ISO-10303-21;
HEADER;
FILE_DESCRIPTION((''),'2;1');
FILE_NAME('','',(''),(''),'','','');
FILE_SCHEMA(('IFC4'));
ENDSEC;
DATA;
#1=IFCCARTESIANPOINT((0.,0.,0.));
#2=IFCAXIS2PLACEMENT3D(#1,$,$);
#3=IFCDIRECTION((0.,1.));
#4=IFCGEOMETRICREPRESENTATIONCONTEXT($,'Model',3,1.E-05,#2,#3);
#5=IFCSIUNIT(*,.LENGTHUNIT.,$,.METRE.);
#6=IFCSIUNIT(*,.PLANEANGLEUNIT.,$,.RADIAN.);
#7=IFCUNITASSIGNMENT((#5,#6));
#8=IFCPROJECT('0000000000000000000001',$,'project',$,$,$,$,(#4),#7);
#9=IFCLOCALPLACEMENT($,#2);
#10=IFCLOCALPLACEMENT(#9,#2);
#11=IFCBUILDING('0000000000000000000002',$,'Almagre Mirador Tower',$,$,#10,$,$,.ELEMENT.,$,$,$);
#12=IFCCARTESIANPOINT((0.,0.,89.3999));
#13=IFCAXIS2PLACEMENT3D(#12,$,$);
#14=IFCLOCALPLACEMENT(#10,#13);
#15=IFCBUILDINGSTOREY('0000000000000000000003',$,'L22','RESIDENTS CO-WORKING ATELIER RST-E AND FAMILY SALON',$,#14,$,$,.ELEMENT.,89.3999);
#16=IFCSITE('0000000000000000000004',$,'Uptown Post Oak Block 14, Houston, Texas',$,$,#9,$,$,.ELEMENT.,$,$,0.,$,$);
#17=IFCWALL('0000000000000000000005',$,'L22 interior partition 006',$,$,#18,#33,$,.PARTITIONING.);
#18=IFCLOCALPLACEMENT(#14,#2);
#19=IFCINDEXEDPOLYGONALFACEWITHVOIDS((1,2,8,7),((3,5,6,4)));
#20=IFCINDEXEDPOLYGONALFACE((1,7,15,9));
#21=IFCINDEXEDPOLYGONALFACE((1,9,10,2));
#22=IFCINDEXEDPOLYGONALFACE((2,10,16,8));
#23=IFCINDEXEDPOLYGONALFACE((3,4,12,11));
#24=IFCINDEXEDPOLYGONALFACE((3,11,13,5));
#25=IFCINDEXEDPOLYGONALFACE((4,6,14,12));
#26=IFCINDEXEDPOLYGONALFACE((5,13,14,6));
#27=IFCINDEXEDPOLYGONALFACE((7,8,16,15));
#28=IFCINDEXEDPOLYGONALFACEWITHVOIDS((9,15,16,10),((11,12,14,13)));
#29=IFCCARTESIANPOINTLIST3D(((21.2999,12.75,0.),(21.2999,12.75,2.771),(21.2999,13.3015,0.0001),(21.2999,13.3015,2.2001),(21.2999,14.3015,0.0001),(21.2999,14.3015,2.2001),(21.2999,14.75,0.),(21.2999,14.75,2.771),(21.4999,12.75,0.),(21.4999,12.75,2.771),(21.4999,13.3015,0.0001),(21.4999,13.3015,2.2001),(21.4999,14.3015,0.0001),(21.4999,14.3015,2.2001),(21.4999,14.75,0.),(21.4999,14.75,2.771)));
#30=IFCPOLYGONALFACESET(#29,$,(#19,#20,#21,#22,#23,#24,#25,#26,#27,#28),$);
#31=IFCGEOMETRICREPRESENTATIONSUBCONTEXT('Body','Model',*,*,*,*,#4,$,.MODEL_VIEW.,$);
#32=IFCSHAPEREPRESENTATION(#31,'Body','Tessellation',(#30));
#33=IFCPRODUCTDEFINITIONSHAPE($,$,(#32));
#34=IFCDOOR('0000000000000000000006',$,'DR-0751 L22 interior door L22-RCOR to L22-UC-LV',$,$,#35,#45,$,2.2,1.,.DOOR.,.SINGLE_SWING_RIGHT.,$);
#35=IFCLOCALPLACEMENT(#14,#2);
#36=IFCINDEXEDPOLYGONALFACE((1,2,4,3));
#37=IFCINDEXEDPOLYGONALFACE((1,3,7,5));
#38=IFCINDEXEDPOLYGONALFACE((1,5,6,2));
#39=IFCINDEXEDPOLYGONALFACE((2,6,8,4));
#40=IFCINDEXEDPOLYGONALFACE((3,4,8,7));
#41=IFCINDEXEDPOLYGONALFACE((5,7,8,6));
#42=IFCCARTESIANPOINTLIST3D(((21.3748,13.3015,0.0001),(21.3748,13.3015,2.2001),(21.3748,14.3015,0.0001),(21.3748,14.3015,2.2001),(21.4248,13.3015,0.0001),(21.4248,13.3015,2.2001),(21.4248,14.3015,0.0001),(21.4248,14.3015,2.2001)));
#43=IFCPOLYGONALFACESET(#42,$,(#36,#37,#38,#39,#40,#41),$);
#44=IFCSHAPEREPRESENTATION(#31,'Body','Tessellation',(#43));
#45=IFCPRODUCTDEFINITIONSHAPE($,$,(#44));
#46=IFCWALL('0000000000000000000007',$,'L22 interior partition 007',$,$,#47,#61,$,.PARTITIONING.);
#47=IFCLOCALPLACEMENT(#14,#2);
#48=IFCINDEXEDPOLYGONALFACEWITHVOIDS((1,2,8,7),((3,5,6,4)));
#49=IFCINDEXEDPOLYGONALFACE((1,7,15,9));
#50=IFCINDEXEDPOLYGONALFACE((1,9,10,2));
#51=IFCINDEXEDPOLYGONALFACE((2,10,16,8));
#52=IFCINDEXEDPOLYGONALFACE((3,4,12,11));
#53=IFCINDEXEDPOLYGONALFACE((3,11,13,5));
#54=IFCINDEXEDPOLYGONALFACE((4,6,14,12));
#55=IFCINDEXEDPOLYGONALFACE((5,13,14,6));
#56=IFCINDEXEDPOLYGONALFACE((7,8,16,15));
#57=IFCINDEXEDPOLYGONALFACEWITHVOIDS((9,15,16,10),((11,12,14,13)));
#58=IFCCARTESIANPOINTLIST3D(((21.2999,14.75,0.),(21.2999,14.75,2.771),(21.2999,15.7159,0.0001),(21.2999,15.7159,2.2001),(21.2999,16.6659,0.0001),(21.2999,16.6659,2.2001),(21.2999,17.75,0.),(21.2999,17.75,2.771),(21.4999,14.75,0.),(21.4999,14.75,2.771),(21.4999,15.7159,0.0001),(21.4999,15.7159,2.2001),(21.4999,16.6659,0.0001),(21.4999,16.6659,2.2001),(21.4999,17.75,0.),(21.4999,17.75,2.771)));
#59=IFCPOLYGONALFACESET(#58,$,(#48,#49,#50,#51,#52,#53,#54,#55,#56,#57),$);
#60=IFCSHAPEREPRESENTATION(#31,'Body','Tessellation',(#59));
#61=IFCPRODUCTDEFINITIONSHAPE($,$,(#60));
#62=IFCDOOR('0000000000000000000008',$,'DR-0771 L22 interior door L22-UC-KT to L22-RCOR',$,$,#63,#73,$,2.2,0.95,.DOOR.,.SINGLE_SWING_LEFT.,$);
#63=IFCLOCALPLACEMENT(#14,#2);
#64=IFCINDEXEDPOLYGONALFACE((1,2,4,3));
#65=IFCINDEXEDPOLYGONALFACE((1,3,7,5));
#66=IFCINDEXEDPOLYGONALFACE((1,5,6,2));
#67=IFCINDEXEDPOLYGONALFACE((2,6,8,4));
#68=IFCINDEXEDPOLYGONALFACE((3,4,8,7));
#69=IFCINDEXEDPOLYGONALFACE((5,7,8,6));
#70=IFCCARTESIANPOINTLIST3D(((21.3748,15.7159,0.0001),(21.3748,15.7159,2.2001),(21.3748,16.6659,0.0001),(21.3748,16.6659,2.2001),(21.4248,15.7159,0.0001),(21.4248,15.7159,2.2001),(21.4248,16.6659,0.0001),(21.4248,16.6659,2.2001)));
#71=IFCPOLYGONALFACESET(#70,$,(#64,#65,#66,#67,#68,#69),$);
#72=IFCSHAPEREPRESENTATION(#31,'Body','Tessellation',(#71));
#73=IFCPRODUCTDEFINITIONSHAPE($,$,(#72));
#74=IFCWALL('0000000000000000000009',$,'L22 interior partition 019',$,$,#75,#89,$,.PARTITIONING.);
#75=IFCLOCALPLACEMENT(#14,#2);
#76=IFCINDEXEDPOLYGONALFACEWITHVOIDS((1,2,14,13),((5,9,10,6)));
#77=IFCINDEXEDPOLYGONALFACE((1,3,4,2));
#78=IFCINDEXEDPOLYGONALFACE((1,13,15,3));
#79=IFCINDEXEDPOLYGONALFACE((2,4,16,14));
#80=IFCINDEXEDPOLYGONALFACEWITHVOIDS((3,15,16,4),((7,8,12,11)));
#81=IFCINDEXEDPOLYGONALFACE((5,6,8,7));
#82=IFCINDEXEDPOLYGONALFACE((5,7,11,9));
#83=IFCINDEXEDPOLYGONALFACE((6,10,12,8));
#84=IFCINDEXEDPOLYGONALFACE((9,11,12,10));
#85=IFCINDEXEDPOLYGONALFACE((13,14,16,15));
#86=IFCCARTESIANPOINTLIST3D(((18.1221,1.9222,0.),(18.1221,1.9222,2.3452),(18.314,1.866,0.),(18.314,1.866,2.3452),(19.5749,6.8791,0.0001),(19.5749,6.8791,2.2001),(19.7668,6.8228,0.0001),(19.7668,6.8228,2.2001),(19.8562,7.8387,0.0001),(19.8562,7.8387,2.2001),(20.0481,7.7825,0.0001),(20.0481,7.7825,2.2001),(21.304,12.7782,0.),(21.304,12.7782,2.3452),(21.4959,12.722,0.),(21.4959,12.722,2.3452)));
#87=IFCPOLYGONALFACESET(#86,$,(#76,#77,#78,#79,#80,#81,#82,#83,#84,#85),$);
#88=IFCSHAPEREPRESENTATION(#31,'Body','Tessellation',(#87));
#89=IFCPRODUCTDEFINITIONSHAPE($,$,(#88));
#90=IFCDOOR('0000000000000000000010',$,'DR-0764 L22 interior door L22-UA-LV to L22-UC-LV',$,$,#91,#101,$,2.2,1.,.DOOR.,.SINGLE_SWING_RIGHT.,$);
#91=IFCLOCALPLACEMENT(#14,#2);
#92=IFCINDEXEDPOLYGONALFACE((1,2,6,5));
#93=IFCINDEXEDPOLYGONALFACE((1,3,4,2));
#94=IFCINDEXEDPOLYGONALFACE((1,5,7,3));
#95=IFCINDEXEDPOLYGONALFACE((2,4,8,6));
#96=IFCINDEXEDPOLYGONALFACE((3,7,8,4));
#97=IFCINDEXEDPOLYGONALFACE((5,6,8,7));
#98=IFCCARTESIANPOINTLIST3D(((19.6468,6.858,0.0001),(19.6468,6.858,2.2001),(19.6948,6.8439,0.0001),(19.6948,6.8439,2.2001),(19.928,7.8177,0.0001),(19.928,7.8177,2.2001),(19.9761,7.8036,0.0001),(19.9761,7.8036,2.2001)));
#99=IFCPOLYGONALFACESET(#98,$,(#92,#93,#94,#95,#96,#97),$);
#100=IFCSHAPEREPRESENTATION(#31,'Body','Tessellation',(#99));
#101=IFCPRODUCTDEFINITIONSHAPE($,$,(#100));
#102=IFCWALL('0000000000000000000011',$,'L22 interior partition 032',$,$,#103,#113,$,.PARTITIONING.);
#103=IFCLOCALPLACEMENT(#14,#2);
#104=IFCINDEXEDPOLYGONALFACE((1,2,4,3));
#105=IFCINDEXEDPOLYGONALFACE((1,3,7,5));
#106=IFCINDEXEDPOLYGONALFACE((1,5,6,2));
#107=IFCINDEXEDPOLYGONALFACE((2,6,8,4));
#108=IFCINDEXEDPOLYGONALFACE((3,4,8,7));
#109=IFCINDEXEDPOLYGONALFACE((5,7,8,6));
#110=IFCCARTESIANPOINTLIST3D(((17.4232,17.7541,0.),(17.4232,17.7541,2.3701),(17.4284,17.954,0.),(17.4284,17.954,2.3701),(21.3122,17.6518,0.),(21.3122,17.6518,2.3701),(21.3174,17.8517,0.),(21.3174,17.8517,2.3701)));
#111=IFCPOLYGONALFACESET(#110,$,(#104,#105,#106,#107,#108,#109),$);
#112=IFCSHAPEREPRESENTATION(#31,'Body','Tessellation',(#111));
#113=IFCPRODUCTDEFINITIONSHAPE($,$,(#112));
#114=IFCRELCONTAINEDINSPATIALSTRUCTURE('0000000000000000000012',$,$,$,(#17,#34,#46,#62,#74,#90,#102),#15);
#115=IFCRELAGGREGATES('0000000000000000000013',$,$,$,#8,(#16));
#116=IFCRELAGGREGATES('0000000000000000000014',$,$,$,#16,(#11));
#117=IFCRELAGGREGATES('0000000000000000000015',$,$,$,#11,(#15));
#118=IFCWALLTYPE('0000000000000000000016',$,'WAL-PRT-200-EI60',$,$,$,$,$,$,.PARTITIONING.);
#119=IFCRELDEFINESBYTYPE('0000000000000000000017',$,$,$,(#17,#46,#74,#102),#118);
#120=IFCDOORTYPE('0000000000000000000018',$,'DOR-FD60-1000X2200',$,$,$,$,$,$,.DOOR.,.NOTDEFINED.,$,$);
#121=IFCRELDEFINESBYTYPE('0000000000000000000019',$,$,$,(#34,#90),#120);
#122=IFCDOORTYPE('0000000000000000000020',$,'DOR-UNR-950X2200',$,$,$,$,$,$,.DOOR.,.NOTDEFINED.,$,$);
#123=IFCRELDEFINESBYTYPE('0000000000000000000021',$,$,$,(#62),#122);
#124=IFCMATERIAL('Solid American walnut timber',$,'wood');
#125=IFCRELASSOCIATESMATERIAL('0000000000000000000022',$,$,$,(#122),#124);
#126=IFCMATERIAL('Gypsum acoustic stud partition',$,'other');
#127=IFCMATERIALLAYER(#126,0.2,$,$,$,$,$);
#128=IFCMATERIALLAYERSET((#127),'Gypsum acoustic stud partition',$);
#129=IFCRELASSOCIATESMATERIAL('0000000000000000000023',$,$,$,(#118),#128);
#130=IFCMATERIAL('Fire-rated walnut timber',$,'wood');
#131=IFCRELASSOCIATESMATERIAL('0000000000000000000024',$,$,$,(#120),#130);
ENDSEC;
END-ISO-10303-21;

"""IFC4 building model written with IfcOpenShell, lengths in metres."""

from ifc_helpers import new_model, si_unit, direction, frame, frame_2d, origin, place, context, subcontext, project, spatial, rectangle, extrude, material, layer, layer_set, type_object, element, fill, save


model = new_model("IFC4")

# Units and contexts
model_context = context("Model", 3, precision=1e-05, world=origin(), true_north=direction((0.0, 1.0)))
body_context = subcontext(model_context, "Body", "Model", "MODEL_VIEW")
ifc_project = project(units=[si_unit("LENGTHUNIT", "METRE"), si_unit("PLANEANGLEUNIT", "RADIAN")], contexts=[model_context])

# Site, building, storey
site_placement = place(None, origin())
site = spatial("IfcSite", under=ifc_project, at=site_placement, Name="Uptown Post Oak Block 14, Houston, Texas", CompositionType="ELEMENT", RefElevation=0.0)
building_placement = place(site_placement, origin())
building = spatial("IfcBuilding", under=site, at=building_placement, Name="Almagre Mirador Tower", CompositionType="ELEMENT")
storey_placement = place(building_placement, frame((0.0, 0.0, 89.3999)))
storey = spatial("IfcBuildingStorey", under=building, at=storey_placement, Name="L22", Description="RESIDENTS CO-WORKING ATELIER RST-E AND FAMILY SALON", CompositionType="ELEMENT", Elevation=89.3999)

# Shared definitions
ifc_material_1 = material(Name="Solid American walnut timber", Category="wood")
door_type_1 = type_object("IfcDoorType", Name="DOR-UNR-950X2200", OperationType="NOTDEFINED", PredefinedType="DOOR", material=ifc_material_1)

# Shared definitions
ifc_material_2 = material(Name="Gypsum acoustic stud partition", Category="other")
ifc_layer_1 = layer(ifc_material_2, 0.2)
ifc_layer_set_1 = layer_set([ifc_layer_1], Name="Gypsum acoustic stud partition")
wall_type_1 = type_object("IfcWallType", Name="WAL-PRT-200-EI60", PredefinedType="PARTITIONING", material=ifc_layer_set_1)

# Walls, openings, doors
wall_1_placement = place(storey_placement, frame((21.3999, 14.75, 0.0), z_axis=(0.0, 0.0, 1.0), x_axis=(0.0, -1.0, 0.0)))
wall_1 = element("IfcWall", 1, at=wall_1_placement, inside=storey, type_object=wall_type_1, Name="L22 interior partition 006", PredefinedType="PARTITIONING", context=body_context, shape_type="SweptSolid", body=[
    extrude(rectangle(XDim=2.0, YDim=0.2, at=frame_2d((1.0, 0.0))), origin(), (0.0, 0.0, 1.0), 2.771),
])
opening_1_placement = place(wall_1_placement, frame((0.4485, 0.0, 0.0)))
opening_1 = element("IfcOpeningElement", 2, at=opening_1_placement, cuts=wall_1, PredefinedType="OPENING", context=body_context, shape_type="SweptSolid", body=[
    extrude(rectangle(XDim=1.0, YDim=2.2, at=frame_2d((0.5, 1.1001))), frame((0.0, 0.1101, 0.0), z_axis=(0.0, -1.0, 0.0), x_axis=(1.0, 0.0, 0.0)), (0.0, 0.0, 1.0), 0.22),
])
ifc_material_3 = material(Name="Fire-rated walnut timber", Category="wood")
door_type_2 = type_object("IfcDoorType", Name="DOR-FD60-1000X2200", OperationType="NOTDEFINED", PredefinedType="DOOR", material=ifc_material_3)
door_1_placement = place(opening_1_placement, origin())
door_1 = element("IfcDoor", 3, at=door_1_placement, inside=storey, type_object=door_type_2, Name="DR-0751 L22 interior door L22-RCOR to L22-UC-LV", OperationType="SINGLE_SWING_RIGHT", OverallHeight=2.2, OverallWidth=1.0, PredefinedType="DOOR", context=body_context, shape_type="SweptSolid", body=[
    extrude(rectangle(XDim=1.0, YDim=2.2, at=frame_2d((0.5, 1.1001))), frame((0.0, 0.0249, 0.0), z_axis=(0.0, -1.0, 0.0), x_axis=(1.0, 0.0, 0.0)), (0.0, 0.0, 1.0), 0.05),
])
fill(opening_1, door_1)
wall_2_placement = place(storey_placement, frame((21.3999, 17.75, 0.0), z_axis=(0.0, 0.0, 1.0), x_axis=(0.0, -1.0, 0.0)))
wall_2 = element("IfcWall", 4, at=wall_2_placement, inside=storey, type_object=wall_type_1, Name="L22 interior partition 007", PredefinedType="PARTITIONING", context=body_context, shape_type="SweptSolid", body=[
    extrude(rectangle(XDim=3.0, YDim=0.2, at=frame_2d((1.5, 0.0))), origin(), (0.0, 0.0, 1.0), 2.771),
])
opening_2_placement = place(wall_2_placement, frame((1.084, 0.0, 0.0)))
opening_2 = element("IfcOpeningElement", 5, at=opening_2_placement, cuts=wall_2, PredefinedType="OPENING", context=body_context, shape_type="SweptSolid", body=[
    extrude(rectangle(XDim=0.95, YDim=2.2, at=frame_2d((0.4751, 1.1001))), frame((0.0, 0.1101, 0.0), z_axis=(0.0, -1.0, 0.0), x_axis=(1.0, 0.0, 0.0)), (0.0, 0.0, 1.0), 0.22),
])
door_2_placement = place(opening_2_placement, origin())
door_2 = element("IfcDoor", 6, at=door_2_placement, inside=storey, type_object=door_type_1, Name="DR-0771 L22 interior door L22-UC-KT to L22-RCOR", OperationType="SINGLE_SWING_LEFT", OverallHeight=2.2, OverallWidth=0.95, PredefinedType="DOOR", context=body_context, shape_type="SweptSolid", body=[
    extrude(rectangle(XDim=0.95, YDim=2.2, at=frame_2d((0.4751, 1.1001))), frame((0.0, 0.0249, 0.0), z_axis=(0.0, -1.0, 0.0), x_axis=(1.0, 0.0, 0.0)), (0.0, 0.0, 1.0), 0.05),
])
fill(opening_2, door_2)
wall_3_placement = place(storey_placement, frame((21.3999, 12.75, 0.0), z_axis=(0.0, 0.0, 1.0), x_axis=(-0.281268, -0.959629, 0.0)))
wall_3 = element("IfcWall", 7, at=wall_3_placement, inside=storey, type_object=wall_type_1, Name="L22 interior partition 019", PredefinedType="PARTITIONING", context=body_context, shape_type="SweptSolid", body=[
    extrude(rectangle(XDim=11.3127, YDim=0.2, at=frame_2d((5.6562, 0.0))), origin(), (0.0, 0.0, 1.0), 2.3452),
])
opening_3_placement = place(wall_3_placement, frame((5.1472, 0.0, 0.0)))
opening_3 = element("IfcOpeningElement", 8, at=opening_3_placement, cuts=wall_3, PredefinedType="OPENING", context=body_context, shape_type="SweptSolid", body=[
    extrude(rectangle(XDim=1.0, YDim=2.2, at=frame_2d((0.5, 1.1001))), frame((0.0, 0.1101, 0.0), z_axis=(0.0, -1.0, 0.0), x_axis=(1.0, 0.0, 0.0)), (0.0, 0.0, 1.0), 0.22),
])
door_3_placement = place(opening_3_placement, origin())
door_3 = element("IfcDoor", 9, at=door_3_placement, inside=storey, type_object=door_type_2, Name="DR-0764 L22 interior door L22-UA-LV to L22-UC-LV", OperationType="SINGLE_SWING_RIGHT", OverallHeight=2.2, OverallWidth=1.0, PredefinedType="DOOR", context=body_context, shape_type="SweptSolid", body=[
    extrude(rectangle(XDim=1.0, YDim=2.2, at=frame_2d((0.5, 1.1001))), frame((0.0, 0.0249, 0.0), z_axis=(0.0, -1.0, 0.0), x_axis=(1.0, 0.0, 0.0)), (0.0, 0.0, 1.0), 0.05),
])
fill(opening_3, door_3)

# Wall
wall_4_placement = place(storey_placement, frame((21.3149, 17.7517, 0.0), z_axis=(0.0, 0.0, 1.0), x_axis=(-0.999654, 0.026295, 0.0)))
element("IfcWall", 10, at=wall_4_placement, inside=storey, type_object=wall_type_1, Name="L22 interior partition 032", PredefinedType="PARTITIONING", context=body_context, shape_type="SweptSolid", body=[
    extrude(rectangle(XDim=3.8904, YDim=0.2, at=frame_2d((1.9453, 0.0))), origin(), (0.0, 0.0, 1.0), 2.3701),
])

save(model, "model.ifc")
